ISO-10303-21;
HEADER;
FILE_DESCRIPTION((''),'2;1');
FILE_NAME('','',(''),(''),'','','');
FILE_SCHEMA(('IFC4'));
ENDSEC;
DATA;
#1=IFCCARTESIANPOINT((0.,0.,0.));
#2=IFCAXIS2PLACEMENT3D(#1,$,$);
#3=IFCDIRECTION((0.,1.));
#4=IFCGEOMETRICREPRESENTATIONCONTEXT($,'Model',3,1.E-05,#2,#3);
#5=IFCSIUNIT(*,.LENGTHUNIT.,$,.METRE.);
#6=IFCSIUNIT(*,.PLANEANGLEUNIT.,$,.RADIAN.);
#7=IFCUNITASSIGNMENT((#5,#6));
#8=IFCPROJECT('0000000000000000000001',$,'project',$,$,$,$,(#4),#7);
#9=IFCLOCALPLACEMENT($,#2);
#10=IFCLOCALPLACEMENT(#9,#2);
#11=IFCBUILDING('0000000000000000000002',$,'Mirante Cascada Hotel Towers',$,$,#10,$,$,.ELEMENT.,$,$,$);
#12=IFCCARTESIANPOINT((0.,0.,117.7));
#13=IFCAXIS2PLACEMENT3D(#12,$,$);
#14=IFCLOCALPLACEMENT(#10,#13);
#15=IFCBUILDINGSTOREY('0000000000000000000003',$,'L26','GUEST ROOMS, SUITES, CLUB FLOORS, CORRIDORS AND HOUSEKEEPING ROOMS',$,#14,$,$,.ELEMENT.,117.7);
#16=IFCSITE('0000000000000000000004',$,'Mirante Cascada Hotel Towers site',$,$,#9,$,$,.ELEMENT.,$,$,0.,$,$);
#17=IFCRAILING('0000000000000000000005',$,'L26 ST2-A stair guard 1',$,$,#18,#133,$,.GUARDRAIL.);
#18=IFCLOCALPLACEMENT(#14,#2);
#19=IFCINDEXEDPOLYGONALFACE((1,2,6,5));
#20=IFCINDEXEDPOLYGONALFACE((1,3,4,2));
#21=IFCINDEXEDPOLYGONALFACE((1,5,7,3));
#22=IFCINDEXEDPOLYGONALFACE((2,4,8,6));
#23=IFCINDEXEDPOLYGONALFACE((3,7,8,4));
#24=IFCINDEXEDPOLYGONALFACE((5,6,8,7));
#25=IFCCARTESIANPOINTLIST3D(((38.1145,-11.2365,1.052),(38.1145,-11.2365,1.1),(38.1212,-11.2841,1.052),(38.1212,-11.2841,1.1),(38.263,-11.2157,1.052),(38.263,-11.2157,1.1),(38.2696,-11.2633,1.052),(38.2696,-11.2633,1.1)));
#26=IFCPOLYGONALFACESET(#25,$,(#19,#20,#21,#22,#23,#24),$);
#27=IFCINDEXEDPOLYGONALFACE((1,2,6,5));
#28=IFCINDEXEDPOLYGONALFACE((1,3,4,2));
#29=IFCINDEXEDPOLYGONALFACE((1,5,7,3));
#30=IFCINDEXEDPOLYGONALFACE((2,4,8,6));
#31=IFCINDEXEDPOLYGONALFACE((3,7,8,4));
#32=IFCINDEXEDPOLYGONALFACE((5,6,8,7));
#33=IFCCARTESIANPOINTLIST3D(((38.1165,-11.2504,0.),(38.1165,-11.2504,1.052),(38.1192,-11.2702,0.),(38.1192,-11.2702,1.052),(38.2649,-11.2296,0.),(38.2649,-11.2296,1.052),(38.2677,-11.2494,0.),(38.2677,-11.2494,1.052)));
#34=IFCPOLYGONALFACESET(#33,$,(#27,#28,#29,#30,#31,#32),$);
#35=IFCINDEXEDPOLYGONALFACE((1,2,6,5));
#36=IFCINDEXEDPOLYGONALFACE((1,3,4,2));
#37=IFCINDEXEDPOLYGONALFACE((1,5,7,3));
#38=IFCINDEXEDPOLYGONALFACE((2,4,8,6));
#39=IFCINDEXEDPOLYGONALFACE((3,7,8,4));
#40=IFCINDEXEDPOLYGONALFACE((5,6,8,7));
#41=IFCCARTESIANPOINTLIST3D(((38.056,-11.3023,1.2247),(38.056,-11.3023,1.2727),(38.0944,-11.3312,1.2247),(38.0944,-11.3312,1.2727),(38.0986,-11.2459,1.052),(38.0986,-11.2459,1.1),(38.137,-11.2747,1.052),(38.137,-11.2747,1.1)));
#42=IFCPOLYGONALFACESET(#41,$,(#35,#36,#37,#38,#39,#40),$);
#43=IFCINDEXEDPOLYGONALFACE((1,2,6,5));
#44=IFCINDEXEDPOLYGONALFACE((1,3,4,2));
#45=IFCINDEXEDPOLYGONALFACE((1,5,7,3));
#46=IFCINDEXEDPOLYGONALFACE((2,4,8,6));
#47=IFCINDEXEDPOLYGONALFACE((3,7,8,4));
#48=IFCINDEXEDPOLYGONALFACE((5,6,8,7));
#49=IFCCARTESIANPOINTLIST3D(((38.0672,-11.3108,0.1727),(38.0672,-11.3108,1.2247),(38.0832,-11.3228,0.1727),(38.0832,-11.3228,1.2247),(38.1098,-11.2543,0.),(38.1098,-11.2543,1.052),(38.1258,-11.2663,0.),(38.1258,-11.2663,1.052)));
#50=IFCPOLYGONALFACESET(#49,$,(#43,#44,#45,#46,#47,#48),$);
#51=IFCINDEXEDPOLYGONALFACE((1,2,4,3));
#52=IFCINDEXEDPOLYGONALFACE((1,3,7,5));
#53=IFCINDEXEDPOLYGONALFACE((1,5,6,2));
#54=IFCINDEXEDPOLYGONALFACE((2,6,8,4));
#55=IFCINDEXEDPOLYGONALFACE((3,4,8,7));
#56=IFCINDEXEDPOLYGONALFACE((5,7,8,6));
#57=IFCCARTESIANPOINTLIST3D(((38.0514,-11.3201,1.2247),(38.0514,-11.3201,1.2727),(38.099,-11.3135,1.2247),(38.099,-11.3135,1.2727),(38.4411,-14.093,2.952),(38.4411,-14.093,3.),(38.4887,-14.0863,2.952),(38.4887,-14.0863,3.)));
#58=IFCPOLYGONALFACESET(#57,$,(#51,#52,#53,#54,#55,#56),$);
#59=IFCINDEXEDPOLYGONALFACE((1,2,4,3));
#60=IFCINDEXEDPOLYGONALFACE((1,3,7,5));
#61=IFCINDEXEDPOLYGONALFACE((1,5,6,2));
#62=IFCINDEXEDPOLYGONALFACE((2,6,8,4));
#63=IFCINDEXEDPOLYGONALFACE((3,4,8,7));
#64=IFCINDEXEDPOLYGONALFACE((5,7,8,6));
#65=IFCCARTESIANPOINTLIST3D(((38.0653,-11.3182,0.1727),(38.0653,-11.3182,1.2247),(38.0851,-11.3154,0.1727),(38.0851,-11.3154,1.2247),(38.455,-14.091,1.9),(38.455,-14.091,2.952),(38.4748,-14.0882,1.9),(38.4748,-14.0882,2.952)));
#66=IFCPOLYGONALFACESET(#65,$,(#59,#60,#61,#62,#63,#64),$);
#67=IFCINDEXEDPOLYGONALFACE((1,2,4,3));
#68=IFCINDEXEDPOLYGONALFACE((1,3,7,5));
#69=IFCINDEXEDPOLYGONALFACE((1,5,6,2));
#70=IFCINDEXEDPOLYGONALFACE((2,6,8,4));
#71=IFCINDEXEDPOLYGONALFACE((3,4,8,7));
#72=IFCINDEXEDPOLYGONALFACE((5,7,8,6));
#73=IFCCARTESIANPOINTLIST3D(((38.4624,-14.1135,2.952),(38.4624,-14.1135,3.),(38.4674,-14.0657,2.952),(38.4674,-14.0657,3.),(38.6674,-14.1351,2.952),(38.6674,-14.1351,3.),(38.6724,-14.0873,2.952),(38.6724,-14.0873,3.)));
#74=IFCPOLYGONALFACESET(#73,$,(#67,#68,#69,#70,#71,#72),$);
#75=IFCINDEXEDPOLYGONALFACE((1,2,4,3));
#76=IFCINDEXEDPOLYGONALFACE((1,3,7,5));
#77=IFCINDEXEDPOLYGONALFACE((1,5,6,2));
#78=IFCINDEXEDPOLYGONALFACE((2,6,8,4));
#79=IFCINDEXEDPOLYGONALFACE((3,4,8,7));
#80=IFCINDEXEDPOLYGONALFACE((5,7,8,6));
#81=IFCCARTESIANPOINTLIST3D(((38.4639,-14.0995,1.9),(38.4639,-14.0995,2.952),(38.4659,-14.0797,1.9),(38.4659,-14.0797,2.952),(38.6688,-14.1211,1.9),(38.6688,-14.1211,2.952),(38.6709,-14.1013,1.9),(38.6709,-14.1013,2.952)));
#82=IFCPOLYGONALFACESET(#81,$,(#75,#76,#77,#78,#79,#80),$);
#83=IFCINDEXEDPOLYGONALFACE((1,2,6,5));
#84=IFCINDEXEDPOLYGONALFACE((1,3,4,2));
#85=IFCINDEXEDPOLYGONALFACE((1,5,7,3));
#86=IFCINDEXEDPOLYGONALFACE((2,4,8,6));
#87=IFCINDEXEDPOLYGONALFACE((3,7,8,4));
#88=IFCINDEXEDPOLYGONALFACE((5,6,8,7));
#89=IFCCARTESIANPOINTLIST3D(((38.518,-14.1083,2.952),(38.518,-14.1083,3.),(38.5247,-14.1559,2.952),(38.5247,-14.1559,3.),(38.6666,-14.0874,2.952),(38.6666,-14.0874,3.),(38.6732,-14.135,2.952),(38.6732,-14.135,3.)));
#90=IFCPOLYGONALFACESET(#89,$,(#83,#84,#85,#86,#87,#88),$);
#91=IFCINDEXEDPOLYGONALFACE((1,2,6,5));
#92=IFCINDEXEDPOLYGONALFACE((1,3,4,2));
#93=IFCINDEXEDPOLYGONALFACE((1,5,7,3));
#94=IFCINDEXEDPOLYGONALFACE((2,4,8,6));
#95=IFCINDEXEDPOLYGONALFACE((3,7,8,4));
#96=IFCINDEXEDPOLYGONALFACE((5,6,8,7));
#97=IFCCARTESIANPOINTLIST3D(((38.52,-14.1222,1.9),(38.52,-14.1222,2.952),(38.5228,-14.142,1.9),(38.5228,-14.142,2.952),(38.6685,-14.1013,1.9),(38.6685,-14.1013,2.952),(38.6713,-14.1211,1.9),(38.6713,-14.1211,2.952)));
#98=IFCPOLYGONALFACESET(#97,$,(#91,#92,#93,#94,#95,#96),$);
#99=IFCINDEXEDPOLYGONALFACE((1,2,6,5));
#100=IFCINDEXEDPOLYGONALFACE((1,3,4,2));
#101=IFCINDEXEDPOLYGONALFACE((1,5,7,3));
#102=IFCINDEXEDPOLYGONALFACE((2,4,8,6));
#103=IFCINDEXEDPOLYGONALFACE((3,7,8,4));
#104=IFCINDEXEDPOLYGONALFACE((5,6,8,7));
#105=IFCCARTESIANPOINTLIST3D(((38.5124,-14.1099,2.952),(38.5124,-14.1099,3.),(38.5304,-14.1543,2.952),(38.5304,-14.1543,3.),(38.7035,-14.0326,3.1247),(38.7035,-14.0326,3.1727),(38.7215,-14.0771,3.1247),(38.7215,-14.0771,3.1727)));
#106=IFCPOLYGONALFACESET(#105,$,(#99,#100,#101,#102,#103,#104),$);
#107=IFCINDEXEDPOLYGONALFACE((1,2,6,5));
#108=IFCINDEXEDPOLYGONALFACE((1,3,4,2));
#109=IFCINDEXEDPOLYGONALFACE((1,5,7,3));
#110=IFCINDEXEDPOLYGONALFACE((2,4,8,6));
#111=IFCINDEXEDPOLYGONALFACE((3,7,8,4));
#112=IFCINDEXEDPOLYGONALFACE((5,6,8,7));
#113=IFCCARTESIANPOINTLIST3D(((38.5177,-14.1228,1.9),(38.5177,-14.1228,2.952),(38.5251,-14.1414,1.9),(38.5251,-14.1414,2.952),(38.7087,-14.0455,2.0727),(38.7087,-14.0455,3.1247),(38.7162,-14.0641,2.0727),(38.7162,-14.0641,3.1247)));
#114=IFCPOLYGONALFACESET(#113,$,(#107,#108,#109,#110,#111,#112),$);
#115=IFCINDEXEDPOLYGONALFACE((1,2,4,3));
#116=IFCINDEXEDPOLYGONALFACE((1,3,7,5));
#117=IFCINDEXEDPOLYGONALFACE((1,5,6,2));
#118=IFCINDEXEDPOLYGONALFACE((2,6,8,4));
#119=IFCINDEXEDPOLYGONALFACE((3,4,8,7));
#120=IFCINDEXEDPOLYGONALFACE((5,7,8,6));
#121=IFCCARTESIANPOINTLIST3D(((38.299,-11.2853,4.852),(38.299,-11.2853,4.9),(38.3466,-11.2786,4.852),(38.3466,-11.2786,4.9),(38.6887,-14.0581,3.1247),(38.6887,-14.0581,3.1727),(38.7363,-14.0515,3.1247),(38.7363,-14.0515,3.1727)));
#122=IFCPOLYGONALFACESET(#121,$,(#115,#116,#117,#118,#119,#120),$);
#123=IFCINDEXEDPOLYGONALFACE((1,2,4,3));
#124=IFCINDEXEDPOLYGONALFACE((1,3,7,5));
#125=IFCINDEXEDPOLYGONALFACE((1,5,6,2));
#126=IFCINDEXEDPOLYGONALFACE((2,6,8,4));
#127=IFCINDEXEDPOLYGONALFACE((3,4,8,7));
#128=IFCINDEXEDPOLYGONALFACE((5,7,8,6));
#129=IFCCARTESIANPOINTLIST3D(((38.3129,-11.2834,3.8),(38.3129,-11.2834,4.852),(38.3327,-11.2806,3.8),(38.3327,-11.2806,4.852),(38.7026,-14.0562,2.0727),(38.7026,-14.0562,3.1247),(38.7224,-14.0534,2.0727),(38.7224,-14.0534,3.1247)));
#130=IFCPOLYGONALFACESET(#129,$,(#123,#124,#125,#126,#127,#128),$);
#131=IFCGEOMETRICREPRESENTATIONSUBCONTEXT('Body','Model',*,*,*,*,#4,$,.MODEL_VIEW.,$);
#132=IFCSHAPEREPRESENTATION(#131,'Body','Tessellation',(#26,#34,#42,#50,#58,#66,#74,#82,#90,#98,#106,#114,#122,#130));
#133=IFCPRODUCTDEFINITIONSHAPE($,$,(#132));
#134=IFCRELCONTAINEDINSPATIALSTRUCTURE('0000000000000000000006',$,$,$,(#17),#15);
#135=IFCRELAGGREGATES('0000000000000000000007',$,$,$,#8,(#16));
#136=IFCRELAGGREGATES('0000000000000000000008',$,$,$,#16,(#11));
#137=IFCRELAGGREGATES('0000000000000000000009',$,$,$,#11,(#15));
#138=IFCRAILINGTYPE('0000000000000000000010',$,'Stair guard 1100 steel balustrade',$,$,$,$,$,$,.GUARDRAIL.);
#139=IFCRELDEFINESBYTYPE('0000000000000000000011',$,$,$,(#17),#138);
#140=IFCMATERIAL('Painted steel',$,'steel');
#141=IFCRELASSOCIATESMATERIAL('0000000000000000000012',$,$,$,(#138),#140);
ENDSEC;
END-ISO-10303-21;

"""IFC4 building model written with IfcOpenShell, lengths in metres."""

from ifc_helpers import new_model, si_unit, direction, frame, origin, origin_2d, place, context, subcontext, project, spatial, rectangle, extrude, material, type_object, element, save


model = new_model("IFC4")

# Units and contexts
model_context = context("Model", 3, precision=1e-05, world=origin(), true_north=direction((0.0, 1.0)))
body_context = subcontext(model_context, "Body", "Model", "MODEL_VIEW")
ifc_project = project(units=[si_unit("LENGTHUNIT", "METRE"), si_unit("PLANEANGLEUNIT", "RADIAN")], contexts=[model_context])

# Site, building, storey
site_placement = place(None, origin())
site = spatial("IfcSite", under=ifc_project, at=site_placement, Name="Mirante Cascada Hotel Towers site", CompositionType="ELEMENT", RefElevation=0.0)
building_placement = place(site_placement, origin())
building = spatial("IfcBuilding", under=site, at=building_placement, Name="Mirante Cascada Hotel Towers", CompositionType="ELEMENT")
storey_placement = place(building_placement, frame((0.0, 0.0, 117.7)))
storey = spatial("IfcBuildingStorey", under=building, at=storey_placement, Name="L26", Description="GUEST ROOMS, SUITES, CLUB FLOORS, CORRIDORS AND HOUSEKEEPING ROOMS", CompositionType="ELEMENT", Elevation=117.7)

# Railing
ifc_material_1 = material(Name="Painted steel", Category="steel")
railing_type = type_object("IfcRailingType", Name="Stair guard 1100 steel balustrade", PredefinedType="GUARDRAIL", material=ifc_material_1)
railing_placement = place(storey_placement, frame((38.2663, -11.2395, 0.0)))
element("IfcRailing", 1, at=railing_placement, inside=storey, type_object=railing_type, Name="L26 ST2-A stair guard 1", PredefinedType="GUARDRAIL", context=body_context, shape_type="SweptSolid", body=[
    extrude(rectangle(XDim=0.048, YDim=0.048, at=origin_2d()), frame((0.0, 0.0, 1.076), z_axis=(-0.990333, -0.138713, 0.0), x_axis=(0.138713, -0.990333, 0.0)), (0.0, 0.0, 1.0), 0.1499),
    extrude(rectangle(XDim=0.02, YDim=1.052, at=origin_2d()), frame((0.0, 0.0, 0.526), z_axis=(-0.990333, -0.138713, 0.0), x_axis=(0.138713, -0.990333, 0.0)), (0.0, 0.0, 1.0), 0.1499),
    extrude(rectangle(XDim=0.048, YDim=0.048, at=origin_2d()), frame((-0.1485, -0.0208, 1.076), z_axis=(-0.602033, -0.798471, 0.0), x_axis=(0.798471, -0.602033, 0.0)), (0.0, 0.92534, 0.379139), 0.1866),
    extrude(rectangle(XDim=0.02, YDim=1.052, at=origin_2d()), frame((-0.1485, -0.0208, 0.526), z_axis=(-0.602033, -0.798471, 0.0), x_axis=(0.798471, -0.602033, 0.0)), (0.0, 0.92534, 0.379139), 0.1866),
    extrude(rectangle(XDim=0.048, YDim=0.048, at=origin_2d()), frame((-0.1911, -0.0773, 1.2487), z_axis=(0.139176, -0.990268, 0.0), x_axis=(0.990268, 0.139176, 0.0)), (0.0, 0.525021, 0.851089), 3.29),
    extrude(rectangle(XDim=0.02, YDim=1.052, at=origin_2d()), frame((-0.1911, -0.0773, 0.6987), z_axis=(0.139176, -0.990268, 0.0), x_axis=(0.990268, 0.139176, 0.0)), (0.0, 0.525021, 0.851089), 3.29),
    extrude(rectangle(XDim=0.048, YDim=0.048, at=origin_2d()), frame((0.1986, -2.8501, 2.976), z_axis=(0.994495, -0.104786, 0.0), x_axis=(0.104786, 0.994495, 0.0)), (0.0, 0.0, 1.0), 0.2061),
    extrude(rectangle(XDim=0.02, YDim=1.052, at=origin_2d()), frame((0.1986, -2.8501, 2.426), z_axis=(0.994495, -0.104786, 0.0), x_axis=(0.104786, 0.994495, 0.0)), (0.0, 0.0, 1.0), 0.2061),
    extrude(rectangle(XDim=0.048, YDim=0.048, at=origin_2d()), frame((0.4036, -2.8717, 2.976), z_axis=(-0.990241, -0.139367, 0.0), x_axis=(0.139367, -0.990241, 0.0)), (0.0, 0.0, 1.0), 0.15),
    extrude(rectangle(XDim=0.02, YDim=1.052, at=origin_2d()), frame((0.4036, -2.8717, 2.426), z_axis=(-0.990241, -0.139367, 0.0), x_axis=(0.139367, -0.990241, 0.0)), (0.0, 0.0, 1.0), 0.15),
    extrude(rectangle(XDim=0.048, YDim=0.048, at=origin_2d()), frame((0.2551, -2.8926, 2.976), z_axis=(0.927031, 0.374984, 0.0), x_axis=(-0.374984, 0.927031, 0.0)), (0.0, 0.64219, 0.766545), 0.2689),
    extrude(rectangle(XDim=0.02, YDim=1.052, at=origin_2d()), frame((0.2551, -2.8926, 2.426), z_axis=(0.927031, 0.374984, 0.0), x_axis=(-0.374984, 0.927031, 0.0)), (0.0, 0.64219, 0.766545), 0.2689),
    extrude(rectangle(XDim=0.048, YDim=0.048, at=origin_2d()), frame((0.4462, -2.8153, 3.1487), z_axis=(-0.139176, 0.990268, 0.0), x_axis=(-0.990268, -0.139176, 0.0)), (0.0, 0.525021, 0.851089), 3.29),
    extrude(rectangle(XDim=0.02, YDim=1.052, at=origin_2d()), frame((0.4462, -2.8153, 2.5987), z_axis=(-0.139176, 0.990268, 0.0), x_axis=(-0.990268, -0.139176, 0.0)), (0.0, 0.525021, 0.851089), 3.29),
])

save(model, "model.ifc")
